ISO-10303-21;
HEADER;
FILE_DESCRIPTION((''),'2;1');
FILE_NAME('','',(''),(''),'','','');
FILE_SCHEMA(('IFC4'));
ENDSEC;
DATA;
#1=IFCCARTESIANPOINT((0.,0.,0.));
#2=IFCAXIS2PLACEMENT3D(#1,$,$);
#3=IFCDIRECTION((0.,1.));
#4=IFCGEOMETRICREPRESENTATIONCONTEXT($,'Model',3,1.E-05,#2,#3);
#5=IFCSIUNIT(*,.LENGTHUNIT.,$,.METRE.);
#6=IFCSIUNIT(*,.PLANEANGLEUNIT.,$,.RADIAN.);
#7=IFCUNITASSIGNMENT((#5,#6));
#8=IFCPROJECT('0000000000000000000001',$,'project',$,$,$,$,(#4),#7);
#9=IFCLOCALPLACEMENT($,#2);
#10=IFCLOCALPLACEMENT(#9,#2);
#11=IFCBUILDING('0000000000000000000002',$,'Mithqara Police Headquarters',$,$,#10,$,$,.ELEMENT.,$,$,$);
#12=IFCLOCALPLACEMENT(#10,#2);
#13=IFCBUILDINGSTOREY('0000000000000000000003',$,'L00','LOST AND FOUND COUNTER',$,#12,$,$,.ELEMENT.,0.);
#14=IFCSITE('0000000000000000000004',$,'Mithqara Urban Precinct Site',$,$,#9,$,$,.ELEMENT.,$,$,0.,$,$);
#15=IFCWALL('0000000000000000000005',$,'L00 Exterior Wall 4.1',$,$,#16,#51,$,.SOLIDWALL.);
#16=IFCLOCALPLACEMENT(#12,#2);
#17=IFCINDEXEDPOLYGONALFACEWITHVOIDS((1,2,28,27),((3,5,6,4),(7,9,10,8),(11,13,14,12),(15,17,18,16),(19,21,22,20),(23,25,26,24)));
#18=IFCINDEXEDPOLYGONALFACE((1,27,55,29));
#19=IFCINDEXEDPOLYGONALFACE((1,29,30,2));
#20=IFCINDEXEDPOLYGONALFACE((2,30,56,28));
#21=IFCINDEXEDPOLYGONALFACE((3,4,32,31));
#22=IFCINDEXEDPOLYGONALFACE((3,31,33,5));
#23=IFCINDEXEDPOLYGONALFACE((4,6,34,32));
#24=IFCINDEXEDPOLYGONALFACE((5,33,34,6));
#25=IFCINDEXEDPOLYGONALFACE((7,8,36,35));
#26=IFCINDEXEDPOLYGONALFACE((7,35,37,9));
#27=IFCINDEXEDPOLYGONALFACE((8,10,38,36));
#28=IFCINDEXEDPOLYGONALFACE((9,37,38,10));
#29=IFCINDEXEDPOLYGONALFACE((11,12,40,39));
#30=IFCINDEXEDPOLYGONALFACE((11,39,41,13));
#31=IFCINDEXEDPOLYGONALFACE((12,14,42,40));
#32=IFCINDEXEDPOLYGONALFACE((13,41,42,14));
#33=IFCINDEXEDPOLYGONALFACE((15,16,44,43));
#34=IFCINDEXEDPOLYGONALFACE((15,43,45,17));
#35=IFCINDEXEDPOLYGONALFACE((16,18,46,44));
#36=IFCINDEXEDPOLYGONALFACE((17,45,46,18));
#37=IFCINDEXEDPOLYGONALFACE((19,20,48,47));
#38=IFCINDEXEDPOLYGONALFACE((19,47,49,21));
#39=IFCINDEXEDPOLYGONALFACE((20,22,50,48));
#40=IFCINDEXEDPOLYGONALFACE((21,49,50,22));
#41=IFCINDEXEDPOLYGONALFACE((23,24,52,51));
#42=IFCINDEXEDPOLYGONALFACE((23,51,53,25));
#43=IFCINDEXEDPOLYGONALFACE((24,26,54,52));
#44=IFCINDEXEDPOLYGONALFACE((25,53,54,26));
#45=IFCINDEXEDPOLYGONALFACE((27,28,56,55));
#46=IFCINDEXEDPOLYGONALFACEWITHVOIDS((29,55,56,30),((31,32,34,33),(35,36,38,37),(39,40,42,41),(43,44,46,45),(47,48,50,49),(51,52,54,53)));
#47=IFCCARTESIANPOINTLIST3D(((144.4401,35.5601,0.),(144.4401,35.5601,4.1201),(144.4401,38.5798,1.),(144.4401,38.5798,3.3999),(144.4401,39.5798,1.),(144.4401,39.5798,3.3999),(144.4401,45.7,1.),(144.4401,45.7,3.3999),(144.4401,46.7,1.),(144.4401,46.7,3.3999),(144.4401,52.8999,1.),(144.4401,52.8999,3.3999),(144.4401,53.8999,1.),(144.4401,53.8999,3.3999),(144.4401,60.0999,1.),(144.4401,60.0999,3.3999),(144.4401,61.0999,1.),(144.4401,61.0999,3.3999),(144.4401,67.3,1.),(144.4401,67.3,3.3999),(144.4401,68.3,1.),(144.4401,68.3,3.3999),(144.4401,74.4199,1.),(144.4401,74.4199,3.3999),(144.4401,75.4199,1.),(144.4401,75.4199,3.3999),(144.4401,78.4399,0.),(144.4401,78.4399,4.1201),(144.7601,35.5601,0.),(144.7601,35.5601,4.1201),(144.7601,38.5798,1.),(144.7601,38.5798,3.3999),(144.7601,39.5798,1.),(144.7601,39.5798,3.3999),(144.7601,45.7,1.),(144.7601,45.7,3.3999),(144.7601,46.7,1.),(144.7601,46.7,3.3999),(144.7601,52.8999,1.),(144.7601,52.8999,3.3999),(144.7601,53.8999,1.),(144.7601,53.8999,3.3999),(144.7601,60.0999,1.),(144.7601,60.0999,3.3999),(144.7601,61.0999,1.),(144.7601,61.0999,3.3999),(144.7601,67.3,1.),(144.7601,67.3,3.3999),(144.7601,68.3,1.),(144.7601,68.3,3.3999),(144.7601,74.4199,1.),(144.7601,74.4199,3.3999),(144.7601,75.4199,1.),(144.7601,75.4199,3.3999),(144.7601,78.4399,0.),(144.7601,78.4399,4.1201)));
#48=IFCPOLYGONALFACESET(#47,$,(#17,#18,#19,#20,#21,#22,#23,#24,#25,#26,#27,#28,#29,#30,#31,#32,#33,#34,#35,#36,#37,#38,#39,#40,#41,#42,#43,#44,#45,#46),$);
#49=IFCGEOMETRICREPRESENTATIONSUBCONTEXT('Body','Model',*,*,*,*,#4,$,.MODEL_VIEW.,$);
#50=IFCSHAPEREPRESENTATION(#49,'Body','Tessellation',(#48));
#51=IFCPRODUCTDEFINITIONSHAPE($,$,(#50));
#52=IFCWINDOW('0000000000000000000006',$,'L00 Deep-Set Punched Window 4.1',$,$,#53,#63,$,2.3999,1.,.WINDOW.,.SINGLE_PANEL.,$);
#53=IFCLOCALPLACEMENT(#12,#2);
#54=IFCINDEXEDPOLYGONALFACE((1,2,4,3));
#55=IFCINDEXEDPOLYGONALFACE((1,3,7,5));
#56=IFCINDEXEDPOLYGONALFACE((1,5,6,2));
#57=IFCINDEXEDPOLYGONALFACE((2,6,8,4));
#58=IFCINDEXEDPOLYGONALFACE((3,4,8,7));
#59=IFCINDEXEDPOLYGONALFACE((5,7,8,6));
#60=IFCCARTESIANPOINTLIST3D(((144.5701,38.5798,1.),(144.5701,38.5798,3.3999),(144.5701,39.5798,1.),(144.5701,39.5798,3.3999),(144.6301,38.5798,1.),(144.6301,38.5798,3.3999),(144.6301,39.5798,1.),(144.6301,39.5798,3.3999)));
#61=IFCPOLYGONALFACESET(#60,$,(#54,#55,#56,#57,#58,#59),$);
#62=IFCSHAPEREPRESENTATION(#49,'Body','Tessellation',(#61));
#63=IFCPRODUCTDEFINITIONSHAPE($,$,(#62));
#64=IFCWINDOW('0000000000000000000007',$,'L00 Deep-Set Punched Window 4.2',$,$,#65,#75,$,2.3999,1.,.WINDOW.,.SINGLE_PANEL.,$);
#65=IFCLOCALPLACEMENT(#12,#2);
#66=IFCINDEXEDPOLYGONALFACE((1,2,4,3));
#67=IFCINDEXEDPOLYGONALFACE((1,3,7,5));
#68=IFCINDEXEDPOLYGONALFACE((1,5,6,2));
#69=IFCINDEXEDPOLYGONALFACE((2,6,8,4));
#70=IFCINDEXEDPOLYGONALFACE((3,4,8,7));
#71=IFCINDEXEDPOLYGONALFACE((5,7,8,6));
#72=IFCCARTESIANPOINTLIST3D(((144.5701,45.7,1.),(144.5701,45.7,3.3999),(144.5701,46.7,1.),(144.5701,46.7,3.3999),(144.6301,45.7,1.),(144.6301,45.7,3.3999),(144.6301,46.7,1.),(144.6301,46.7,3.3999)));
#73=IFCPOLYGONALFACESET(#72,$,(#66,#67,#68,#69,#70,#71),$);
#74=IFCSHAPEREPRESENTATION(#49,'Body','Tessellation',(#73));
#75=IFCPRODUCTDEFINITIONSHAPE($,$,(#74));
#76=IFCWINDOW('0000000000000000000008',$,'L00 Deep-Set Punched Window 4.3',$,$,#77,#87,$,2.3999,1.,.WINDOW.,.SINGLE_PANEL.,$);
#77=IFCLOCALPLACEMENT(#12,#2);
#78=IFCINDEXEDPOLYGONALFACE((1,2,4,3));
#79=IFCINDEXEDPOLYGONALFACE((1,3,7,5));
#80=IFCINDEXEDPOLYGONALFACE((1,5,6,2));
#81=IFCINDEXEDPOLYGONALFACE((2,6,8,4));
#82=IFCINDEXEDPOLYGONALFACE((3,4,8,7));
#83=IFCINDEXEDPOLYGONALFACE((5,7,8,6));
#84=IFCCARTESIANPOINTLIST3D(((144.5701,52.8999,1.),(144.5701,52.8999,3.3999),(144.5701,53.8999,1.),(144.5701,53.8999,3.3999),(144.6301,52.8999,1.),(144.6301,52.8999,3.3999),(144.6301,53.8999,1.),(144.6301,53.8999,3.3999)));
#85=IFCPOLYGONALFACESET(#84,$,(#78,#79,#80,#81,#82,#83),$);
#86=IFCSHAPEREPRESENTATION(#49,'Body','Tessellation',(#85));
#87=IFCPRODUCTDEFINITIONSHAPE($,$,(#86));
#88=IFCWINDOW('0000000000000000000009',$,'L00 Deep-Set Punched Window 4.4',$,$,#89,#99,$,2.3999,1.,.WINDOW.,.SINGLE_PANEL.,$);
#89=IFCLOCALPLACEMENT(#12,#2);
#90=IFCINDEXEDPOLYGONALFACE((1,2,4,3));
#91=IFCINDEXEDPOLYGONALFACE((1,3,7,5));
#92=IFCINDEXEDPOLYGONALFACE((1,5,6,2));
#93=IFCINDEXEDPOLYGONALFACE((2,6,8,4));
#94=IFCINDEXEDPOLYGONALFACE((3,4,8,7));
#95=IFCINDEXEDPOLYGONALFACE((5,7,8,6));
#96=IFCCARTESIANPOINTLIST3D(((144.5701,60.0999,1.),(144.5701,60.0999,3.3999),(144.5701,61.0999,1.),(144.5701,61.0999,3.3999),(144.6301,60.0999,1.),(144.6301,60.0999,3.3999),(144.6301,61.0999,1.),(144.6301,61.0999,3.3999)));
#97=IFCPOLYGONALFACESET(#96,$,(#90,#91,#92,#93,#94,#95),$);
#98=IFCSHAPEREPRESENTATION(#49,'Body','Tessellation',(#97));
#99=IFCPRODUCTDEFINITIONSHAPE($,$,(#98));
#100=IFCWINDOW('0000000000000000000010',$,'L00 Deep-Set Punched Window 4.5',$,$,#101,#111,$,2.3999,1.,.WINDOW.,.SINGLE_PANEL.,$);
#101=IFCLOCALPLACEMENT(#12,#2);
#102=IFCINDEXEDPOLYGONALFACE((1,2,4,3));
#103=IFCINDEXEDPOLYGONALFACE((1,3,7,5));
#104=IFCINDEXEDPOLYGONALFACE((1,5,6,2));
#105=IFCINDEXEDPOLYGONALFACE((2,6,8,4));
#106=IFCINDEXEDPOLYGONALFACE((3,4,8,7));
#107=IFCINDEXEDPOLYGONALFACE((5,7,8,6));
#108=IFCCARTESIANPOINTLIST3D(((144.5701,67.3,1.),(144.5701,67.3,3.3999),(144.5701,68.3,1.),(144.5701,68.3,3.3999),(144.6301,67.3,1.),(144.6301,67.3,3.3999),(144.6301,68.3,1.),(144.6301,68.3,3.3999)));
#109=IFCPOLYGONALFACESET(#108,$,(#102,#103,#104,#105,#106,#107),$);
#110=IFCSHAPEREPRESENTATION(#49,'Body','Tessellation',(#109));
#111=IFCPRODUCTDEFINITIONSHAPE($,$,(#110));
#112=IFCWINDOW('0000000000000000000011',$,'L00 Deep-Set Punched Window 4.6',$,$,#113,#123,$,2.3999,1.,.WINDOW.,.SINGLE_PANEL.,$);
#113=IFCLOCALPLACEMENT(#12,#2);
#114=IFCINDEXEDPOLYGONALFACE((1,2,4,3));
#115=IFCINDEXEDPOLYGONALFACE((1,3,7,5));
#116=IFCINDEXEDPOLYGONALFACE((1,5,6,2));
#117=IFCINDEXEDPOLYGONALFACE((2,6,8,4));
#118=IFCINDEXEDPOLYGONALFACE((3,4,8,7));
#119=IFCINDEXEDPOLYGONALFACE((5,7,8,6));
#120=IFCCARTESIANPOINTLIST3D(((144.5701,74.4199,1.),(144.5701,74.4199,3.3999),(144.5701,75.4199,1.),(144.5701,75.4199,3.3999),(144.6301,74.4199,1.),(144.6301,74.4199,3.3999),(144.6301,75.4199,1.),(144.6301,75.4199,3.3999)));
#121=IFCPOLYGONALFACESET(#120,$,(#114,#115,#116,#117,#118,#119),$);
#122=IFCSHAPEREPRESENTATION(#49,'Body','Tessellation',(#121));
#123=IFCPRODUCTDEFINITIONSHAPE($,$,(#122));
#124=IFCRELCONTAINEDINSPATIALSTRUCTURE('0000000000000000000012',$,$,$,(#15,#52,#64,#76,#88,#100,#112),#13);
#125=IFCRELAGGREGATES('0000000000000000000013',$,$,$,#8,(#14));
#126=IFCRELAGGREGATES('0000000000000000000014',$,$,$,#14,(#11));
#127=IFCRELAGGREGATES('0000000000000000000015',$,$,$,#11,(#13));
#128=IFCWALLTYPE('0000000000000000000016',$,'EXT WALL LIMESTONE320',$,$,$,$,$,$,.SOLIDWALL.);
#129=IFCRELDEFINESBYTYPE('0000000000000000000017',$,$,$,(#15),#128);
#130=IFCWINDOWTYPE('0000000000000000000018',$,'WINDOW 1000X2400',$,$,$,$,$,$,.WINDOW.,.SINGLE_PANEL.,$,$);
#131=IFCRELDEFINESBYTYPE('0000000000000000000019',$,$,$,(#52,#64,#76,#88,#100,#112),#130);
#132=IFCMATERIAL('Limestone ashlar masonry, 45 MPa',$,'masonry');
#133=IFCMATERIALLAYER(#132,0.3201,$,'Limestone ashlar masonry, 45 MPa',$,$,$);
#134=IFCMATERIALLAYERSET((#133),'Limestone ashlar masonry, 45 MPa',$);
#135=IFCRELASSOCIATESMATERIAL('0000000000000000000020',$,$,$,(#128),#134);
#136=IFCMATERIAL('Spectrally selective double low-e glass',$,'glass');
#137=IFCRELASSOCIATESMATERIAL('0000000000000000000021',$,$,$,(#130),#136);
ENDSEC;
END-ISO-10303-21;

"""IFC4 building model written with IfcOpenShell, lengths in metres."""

from ifc_helpers import new_model, si_unit, direction, frame, frame_2d, origin, place, context, subcontext, project, spatial, rectangle, extrude, material, layer, layer_set, type_object, element, fill, save


model = new_model("IFC4")

# Units and contexts
model_context = context("Model", 3, precision=1e-05, world=origin(), true_north=direction((0.0, 1.0)))
body_context = subcontext(model_context, "Body", "Model", "MODEL_VIEW")
ifc_project = project(units=[si_unit("LENGTHUNIT", "METRE"), si_unit("PLANEANGLEUNIT", "RADIAN")], contexts=[model_context])

# Site, building, storey
site_placement = place(None, origin())
site = spatial("IfcSite", under=ifc_project, at=site_placement, Name="Mithqara Urban Precinct Site", CompositionType="ELEMENT", RefElevation=0.0)
building_placement = place(site_placement, origin())
building = spatial("IfcBuilding", under=site, at=building_placement, Name="Mithqara Police Headquarters", CompositionType="ELEMENT")
storey_placement = place(building_placement, origin())
storey = spatial("IfcBuildingStorey", under=building, at=storey_placement, Name="L00", Description="LOST AND FOUND COUNTER", CompositionType="ELEMENT", Elevation=0.0)

# Wall, openings, windows
ifc_material_1 = material(Name="Limestone ashlar masonry, 45 MPa", Category="masonry")
ifc_layer = layer(ifc_material_1, 0.3201, Name="Limestone ashlar masonry, 45 MPa")
ifc_layer_set = layer_set([ifc_layer], Name="Limestone ashlar masonry, 45 MPa")
wall_type = type_object("IfcWallType", Name="EXT WALL LIMESTONE320", PredefinedType="SOLIDWALL", material=ifc_layer_set)
wall_placement = place(storey_placement, frame((144.6001, 78.4399, 0.0), z_axis=(0.0, 0.0, 1.0), x_axis=(0.0, -1.0, 0.0)))
wall = element("IfcWall", 1, at=wall_placement, inside=storey, type_object=wall_type, Name="L00 Exterior Wall 4.1", PredefinedType="SOLIDWALL", context=body_context, shape_type="SweptSolid", body=[
    extrude(rectangle(XDim=42.8799, YDim=0.3201, at=frame_2d((21.4399, 0.0))), origin(), (0.0, 0.0, 1.0), 4.1201),
])
opening_1_placement = place(wall_placement, frame((38.8601, 0.0, 1.0)))
opening_1 = element("IfcOpeningElement", 2, at=opening_1_placement, cuts=wall, PredefinedType="OPENING", context=body_context, shape_type="SweptSolid", body=[
    extrude(rectangle(XDim=1.0, YDim=2.3999, at=frame_2d((0.5, 1.2))), frame((0.0, 0.1699, 0.0), z_axis=(0.0, -1.0, 0.0), x_axis=(1.0, 0.0, 0.0)), (0.0, 0.0, 1.0), 0.3401),
])
opening_2_placement = place(wall_placement, frame((31.74, 0.0, 1.0)))
opening_2 = element("IfcOpeningElement", 3, at=opening_2_placement, cuts=wall, PredefinedType="OPENING", context=body_context, shape_type="SweptSolid", body=[
    extrude(rectangle(XDim=1.0, YDim=2.3999, at=frame_2d((0.5, 1.2))), frame((0.0, 0.1699, 0.0), z_axis=(0.0, -1.0, 0.0), x_axis=(1.0, 0.0, 0.0)), (0.0, 0.0, 1.0), 0.3401),
])
opening_3_placement = place(wall_placement, frame((24.54, 0.0, 1.0)))
opening_3 = element("IfcOpeningElement", 4, at=opening_3_placement, cuts=wall, PredefinedType="OPENING", context=body_context, shape_type="SweptSolid", body=[
    extrude(rectangle(XDim=1.0, YDim=2.3999, at=frame_2d((0.5, 1.2))), frame((0.0, 0.1699, 0.0), z_axis=(0.0, -1.0, 0.0), x_axis=(1.0, 0.0, 0.0)), (0.0, 0.0, 1.0), 0.3401),
])
opening_4_placement = place(wall_placement, frame((17.3401, 0.0, 1.0)))
opening_4 = element("IfcOpeningElement", 5, at=opening_4_placement, cuts=wall, PredefinedType="OPENING", context=body_context, shape_type="SweptSolid", body=[
    extrude(rectangle(XDim=1.0, YDim=2.3999, at=frame_2d((0.5, 1.2))), frame((0.0, 0.1699, 0.0), z_axis=(0.0, -1.0, 0.0), x_axis=(1.0, 0.0, 0.0)), (0.0, 0.0, 1.0), 0.3401),
])
opening_5_placement = place(wall_placement, frame((10.1399, 0.0, 1.0)))
opening_5 = element("IfcOpeningElement", 6, at=opening_5_placement, cuts=wall, PredefinedType="OPENING", context=body_context, shape_type="SweptSolid", body=[
    extrude(rectangle(XDim=1.0, YDim=2.3999, at=frame_2d((0.5, 1.2))), frame((0.0, 0.1699, 0.0), z_axis=(0.0, -1.0, 0.0), x_axis=(1.0, 0.0, 0.0)), (0.0, 0.0, 1.0), 0.3401),
])
opening_6_placement = place(wall_placement, frame((3.02, 0.0, 1.0)))
opening_6 = element("IfcOpeningElement", 7, at=opening_6_placement, cuts=wall, PredefinedType="OPENING", context=body_context, shape_type="SweptSolid", body=[
    extrude(rectangle(XDim=1.0, YDim=2.3999, at=frame_2d((0.5, 1.2))), frame((0.0, 0.1699, 0.0), z_axis=(0.0, -1.0, 0.0), x_axis=(1.0, 0.0, 0.0)), (0.0, 0.0, 1.0), 0.3401),
])
ifc_material_2 = material(Name="Spectrally selective double low-e glass", Category="glass")
window_type = type_object("IfcWindowType", Name="WINDOW 1000X2400", PartitioningType="SINGLE_PANEL", PredefinedType="WINDOW", material=ifc_material_2)
window_1_placement = place(opening_1_placement, origin())
window_1 = element("IfcWindow", 8, at=window_1_placement, inside=storey, type_object=window_type, Name="L00 Deep-Set Punched Window 4.1", OverallHeight=2.3999, OverallWidth=1.0, PartitioningType="SINGLE_PANEL", PredefinedType="WINDOW", context=body_context, shape_type="SweptSolid", body=[
    extrude(rectangle(XDim=1.0, YDim=2.3999, at=frame_2d((0.5, 1.2))), frame((0.0, 0.03, 0.0), z_axis=(0.0, -1.0, 0.0), x_axis=(1.0, 0.0, 0.0)), (0.0, 0.0, 1.0), 0.0601),
])
fill(opening_1, window_1)
window_2_placement = place(opening_2_placement, origin())
window_2 = element("IfcWindow", 9, at=window_2_placement, inside=storey, type_object=window_type, Name="L00 Deep-Set Punched Window 4.2", OverallHeight=2.3999, OverallWidth=1.0, PartitioningType="SINGLE_PANEL", PredefinedType="WINDOW", context=body_context, shape_type="SweptSolid", body=[
    extrude(rectangle(XDim=1.0, YDim=2.3999, at=frame_2d((0.5, 1.2))), frame((0.0, 0.03, 0.0), z_axis=(0.0, -1.0, 0.0), x_axis=(1.0, 0.0, 0.0)), (0.0, 0.0, 1.0), 0.0601),
])
fill(opening_2, window_2)
window_3_placement = place(opening_3_placement, origin())
window_3 = element("IfcWindow", 10, at=window_3_placement, inside=storey, type_object=window_type, Name="L00 Deep-Set Punched Window 4.3", OverallHeight=2.3999, OverallWidth=1.0, PartitioningType="SINGLE_PANEL", PredefinedType="WINDOW", context=body_context, shape_type="SweptSolid", body=[
    extrude(rectangle(XDim=1.0, YDim=2.3999, at=frame_2d((0.5, 1.2))), frame((0.0, 0.03, 0.0), z_axis=(0.0, -1.0, 0.0), x_axis=(1.0, 0.0, 0.0)), (0.0, 0.0, 1.0), 0.0601),
])
fill(opening_3, window_3)
window_4_placement = place(opening_4_placement, origin())
window_4 = element("IfcWindow", 11, at=window_4_placement, inside=storey, type_object=window_type, Name="L00 Deep-Set Punched Window 4.4", OverallHeight=2.3999, OverallWidth=1.0, PartitioningType="SINGLE_PANEL", PredefinedType="WINDOW", context=body_context, shape_type="SweptSolid", body=[
    extrude(rectangle(XDim=1.0, YDim=2.3999, at=frame_2d((0.5, 1.2))), frame((0.0, 0.03, 0.0), z_axis=(0.0, -1.0, 0.0), x_axis=(1.0, 0.0, 0.0)), (0.0, 0.0, 1.0), 0.0601),
])
fill(opening_4, window_4)
window_5_placement = place(opening_5_placement, origin())
window_5 = element("IfcWindow", 12, at=window_5_placement, inside=storey, type_object=window_type, Name="L00 Deep-Set Punched Window 4.5", OverallHeight=2.3999, OverallWidth=1.0, PartitioningType="SINGLE_PANEL", PredefinedType="WINDOW", context=body_context, shape_type="SweptSolid", body=[
    extrude(rectangle(XDim=1.0, YDim=2.3999, at=frame_2d((0.5, 1.2))), frame((0.0, 0.03, 0.0), z_axis=(0.0, -1.0, 0.0), x_axis=(1.0, 0.0, 0.0)), (0.0, 0.0, 1.0), 0.0601),
])
fill(opening_5, window_5)
window_6_placement = place(opening_6_placement, origin())
window_6 = element("IfcWindow", 13, at=window_6_placement, inside=storey, type_object=window_type, Name="L00 Deep-Set Punched Window 4.6", OverallHeight=2.3999, OverallWidth=1.0, PartitioningType="SINGLE_PANEL", PredefinedType="WINDOW", context=body_context, shape_type="SweptSolid", body=[
    extrude(rectangle(XDim=1.0, YDim=2.3999, at=frame_2d((0.5, 1.2))), frame((0.0, 0.03, 0.0), z_axis=(0.0, -1.0, 0.0), x_axis=(1.0, 0.0, 0.0)), (0.0, 0.0, 1.0), 0.0601),
])
fill(opening_6, window_6)

save(model, "model.ifc")
